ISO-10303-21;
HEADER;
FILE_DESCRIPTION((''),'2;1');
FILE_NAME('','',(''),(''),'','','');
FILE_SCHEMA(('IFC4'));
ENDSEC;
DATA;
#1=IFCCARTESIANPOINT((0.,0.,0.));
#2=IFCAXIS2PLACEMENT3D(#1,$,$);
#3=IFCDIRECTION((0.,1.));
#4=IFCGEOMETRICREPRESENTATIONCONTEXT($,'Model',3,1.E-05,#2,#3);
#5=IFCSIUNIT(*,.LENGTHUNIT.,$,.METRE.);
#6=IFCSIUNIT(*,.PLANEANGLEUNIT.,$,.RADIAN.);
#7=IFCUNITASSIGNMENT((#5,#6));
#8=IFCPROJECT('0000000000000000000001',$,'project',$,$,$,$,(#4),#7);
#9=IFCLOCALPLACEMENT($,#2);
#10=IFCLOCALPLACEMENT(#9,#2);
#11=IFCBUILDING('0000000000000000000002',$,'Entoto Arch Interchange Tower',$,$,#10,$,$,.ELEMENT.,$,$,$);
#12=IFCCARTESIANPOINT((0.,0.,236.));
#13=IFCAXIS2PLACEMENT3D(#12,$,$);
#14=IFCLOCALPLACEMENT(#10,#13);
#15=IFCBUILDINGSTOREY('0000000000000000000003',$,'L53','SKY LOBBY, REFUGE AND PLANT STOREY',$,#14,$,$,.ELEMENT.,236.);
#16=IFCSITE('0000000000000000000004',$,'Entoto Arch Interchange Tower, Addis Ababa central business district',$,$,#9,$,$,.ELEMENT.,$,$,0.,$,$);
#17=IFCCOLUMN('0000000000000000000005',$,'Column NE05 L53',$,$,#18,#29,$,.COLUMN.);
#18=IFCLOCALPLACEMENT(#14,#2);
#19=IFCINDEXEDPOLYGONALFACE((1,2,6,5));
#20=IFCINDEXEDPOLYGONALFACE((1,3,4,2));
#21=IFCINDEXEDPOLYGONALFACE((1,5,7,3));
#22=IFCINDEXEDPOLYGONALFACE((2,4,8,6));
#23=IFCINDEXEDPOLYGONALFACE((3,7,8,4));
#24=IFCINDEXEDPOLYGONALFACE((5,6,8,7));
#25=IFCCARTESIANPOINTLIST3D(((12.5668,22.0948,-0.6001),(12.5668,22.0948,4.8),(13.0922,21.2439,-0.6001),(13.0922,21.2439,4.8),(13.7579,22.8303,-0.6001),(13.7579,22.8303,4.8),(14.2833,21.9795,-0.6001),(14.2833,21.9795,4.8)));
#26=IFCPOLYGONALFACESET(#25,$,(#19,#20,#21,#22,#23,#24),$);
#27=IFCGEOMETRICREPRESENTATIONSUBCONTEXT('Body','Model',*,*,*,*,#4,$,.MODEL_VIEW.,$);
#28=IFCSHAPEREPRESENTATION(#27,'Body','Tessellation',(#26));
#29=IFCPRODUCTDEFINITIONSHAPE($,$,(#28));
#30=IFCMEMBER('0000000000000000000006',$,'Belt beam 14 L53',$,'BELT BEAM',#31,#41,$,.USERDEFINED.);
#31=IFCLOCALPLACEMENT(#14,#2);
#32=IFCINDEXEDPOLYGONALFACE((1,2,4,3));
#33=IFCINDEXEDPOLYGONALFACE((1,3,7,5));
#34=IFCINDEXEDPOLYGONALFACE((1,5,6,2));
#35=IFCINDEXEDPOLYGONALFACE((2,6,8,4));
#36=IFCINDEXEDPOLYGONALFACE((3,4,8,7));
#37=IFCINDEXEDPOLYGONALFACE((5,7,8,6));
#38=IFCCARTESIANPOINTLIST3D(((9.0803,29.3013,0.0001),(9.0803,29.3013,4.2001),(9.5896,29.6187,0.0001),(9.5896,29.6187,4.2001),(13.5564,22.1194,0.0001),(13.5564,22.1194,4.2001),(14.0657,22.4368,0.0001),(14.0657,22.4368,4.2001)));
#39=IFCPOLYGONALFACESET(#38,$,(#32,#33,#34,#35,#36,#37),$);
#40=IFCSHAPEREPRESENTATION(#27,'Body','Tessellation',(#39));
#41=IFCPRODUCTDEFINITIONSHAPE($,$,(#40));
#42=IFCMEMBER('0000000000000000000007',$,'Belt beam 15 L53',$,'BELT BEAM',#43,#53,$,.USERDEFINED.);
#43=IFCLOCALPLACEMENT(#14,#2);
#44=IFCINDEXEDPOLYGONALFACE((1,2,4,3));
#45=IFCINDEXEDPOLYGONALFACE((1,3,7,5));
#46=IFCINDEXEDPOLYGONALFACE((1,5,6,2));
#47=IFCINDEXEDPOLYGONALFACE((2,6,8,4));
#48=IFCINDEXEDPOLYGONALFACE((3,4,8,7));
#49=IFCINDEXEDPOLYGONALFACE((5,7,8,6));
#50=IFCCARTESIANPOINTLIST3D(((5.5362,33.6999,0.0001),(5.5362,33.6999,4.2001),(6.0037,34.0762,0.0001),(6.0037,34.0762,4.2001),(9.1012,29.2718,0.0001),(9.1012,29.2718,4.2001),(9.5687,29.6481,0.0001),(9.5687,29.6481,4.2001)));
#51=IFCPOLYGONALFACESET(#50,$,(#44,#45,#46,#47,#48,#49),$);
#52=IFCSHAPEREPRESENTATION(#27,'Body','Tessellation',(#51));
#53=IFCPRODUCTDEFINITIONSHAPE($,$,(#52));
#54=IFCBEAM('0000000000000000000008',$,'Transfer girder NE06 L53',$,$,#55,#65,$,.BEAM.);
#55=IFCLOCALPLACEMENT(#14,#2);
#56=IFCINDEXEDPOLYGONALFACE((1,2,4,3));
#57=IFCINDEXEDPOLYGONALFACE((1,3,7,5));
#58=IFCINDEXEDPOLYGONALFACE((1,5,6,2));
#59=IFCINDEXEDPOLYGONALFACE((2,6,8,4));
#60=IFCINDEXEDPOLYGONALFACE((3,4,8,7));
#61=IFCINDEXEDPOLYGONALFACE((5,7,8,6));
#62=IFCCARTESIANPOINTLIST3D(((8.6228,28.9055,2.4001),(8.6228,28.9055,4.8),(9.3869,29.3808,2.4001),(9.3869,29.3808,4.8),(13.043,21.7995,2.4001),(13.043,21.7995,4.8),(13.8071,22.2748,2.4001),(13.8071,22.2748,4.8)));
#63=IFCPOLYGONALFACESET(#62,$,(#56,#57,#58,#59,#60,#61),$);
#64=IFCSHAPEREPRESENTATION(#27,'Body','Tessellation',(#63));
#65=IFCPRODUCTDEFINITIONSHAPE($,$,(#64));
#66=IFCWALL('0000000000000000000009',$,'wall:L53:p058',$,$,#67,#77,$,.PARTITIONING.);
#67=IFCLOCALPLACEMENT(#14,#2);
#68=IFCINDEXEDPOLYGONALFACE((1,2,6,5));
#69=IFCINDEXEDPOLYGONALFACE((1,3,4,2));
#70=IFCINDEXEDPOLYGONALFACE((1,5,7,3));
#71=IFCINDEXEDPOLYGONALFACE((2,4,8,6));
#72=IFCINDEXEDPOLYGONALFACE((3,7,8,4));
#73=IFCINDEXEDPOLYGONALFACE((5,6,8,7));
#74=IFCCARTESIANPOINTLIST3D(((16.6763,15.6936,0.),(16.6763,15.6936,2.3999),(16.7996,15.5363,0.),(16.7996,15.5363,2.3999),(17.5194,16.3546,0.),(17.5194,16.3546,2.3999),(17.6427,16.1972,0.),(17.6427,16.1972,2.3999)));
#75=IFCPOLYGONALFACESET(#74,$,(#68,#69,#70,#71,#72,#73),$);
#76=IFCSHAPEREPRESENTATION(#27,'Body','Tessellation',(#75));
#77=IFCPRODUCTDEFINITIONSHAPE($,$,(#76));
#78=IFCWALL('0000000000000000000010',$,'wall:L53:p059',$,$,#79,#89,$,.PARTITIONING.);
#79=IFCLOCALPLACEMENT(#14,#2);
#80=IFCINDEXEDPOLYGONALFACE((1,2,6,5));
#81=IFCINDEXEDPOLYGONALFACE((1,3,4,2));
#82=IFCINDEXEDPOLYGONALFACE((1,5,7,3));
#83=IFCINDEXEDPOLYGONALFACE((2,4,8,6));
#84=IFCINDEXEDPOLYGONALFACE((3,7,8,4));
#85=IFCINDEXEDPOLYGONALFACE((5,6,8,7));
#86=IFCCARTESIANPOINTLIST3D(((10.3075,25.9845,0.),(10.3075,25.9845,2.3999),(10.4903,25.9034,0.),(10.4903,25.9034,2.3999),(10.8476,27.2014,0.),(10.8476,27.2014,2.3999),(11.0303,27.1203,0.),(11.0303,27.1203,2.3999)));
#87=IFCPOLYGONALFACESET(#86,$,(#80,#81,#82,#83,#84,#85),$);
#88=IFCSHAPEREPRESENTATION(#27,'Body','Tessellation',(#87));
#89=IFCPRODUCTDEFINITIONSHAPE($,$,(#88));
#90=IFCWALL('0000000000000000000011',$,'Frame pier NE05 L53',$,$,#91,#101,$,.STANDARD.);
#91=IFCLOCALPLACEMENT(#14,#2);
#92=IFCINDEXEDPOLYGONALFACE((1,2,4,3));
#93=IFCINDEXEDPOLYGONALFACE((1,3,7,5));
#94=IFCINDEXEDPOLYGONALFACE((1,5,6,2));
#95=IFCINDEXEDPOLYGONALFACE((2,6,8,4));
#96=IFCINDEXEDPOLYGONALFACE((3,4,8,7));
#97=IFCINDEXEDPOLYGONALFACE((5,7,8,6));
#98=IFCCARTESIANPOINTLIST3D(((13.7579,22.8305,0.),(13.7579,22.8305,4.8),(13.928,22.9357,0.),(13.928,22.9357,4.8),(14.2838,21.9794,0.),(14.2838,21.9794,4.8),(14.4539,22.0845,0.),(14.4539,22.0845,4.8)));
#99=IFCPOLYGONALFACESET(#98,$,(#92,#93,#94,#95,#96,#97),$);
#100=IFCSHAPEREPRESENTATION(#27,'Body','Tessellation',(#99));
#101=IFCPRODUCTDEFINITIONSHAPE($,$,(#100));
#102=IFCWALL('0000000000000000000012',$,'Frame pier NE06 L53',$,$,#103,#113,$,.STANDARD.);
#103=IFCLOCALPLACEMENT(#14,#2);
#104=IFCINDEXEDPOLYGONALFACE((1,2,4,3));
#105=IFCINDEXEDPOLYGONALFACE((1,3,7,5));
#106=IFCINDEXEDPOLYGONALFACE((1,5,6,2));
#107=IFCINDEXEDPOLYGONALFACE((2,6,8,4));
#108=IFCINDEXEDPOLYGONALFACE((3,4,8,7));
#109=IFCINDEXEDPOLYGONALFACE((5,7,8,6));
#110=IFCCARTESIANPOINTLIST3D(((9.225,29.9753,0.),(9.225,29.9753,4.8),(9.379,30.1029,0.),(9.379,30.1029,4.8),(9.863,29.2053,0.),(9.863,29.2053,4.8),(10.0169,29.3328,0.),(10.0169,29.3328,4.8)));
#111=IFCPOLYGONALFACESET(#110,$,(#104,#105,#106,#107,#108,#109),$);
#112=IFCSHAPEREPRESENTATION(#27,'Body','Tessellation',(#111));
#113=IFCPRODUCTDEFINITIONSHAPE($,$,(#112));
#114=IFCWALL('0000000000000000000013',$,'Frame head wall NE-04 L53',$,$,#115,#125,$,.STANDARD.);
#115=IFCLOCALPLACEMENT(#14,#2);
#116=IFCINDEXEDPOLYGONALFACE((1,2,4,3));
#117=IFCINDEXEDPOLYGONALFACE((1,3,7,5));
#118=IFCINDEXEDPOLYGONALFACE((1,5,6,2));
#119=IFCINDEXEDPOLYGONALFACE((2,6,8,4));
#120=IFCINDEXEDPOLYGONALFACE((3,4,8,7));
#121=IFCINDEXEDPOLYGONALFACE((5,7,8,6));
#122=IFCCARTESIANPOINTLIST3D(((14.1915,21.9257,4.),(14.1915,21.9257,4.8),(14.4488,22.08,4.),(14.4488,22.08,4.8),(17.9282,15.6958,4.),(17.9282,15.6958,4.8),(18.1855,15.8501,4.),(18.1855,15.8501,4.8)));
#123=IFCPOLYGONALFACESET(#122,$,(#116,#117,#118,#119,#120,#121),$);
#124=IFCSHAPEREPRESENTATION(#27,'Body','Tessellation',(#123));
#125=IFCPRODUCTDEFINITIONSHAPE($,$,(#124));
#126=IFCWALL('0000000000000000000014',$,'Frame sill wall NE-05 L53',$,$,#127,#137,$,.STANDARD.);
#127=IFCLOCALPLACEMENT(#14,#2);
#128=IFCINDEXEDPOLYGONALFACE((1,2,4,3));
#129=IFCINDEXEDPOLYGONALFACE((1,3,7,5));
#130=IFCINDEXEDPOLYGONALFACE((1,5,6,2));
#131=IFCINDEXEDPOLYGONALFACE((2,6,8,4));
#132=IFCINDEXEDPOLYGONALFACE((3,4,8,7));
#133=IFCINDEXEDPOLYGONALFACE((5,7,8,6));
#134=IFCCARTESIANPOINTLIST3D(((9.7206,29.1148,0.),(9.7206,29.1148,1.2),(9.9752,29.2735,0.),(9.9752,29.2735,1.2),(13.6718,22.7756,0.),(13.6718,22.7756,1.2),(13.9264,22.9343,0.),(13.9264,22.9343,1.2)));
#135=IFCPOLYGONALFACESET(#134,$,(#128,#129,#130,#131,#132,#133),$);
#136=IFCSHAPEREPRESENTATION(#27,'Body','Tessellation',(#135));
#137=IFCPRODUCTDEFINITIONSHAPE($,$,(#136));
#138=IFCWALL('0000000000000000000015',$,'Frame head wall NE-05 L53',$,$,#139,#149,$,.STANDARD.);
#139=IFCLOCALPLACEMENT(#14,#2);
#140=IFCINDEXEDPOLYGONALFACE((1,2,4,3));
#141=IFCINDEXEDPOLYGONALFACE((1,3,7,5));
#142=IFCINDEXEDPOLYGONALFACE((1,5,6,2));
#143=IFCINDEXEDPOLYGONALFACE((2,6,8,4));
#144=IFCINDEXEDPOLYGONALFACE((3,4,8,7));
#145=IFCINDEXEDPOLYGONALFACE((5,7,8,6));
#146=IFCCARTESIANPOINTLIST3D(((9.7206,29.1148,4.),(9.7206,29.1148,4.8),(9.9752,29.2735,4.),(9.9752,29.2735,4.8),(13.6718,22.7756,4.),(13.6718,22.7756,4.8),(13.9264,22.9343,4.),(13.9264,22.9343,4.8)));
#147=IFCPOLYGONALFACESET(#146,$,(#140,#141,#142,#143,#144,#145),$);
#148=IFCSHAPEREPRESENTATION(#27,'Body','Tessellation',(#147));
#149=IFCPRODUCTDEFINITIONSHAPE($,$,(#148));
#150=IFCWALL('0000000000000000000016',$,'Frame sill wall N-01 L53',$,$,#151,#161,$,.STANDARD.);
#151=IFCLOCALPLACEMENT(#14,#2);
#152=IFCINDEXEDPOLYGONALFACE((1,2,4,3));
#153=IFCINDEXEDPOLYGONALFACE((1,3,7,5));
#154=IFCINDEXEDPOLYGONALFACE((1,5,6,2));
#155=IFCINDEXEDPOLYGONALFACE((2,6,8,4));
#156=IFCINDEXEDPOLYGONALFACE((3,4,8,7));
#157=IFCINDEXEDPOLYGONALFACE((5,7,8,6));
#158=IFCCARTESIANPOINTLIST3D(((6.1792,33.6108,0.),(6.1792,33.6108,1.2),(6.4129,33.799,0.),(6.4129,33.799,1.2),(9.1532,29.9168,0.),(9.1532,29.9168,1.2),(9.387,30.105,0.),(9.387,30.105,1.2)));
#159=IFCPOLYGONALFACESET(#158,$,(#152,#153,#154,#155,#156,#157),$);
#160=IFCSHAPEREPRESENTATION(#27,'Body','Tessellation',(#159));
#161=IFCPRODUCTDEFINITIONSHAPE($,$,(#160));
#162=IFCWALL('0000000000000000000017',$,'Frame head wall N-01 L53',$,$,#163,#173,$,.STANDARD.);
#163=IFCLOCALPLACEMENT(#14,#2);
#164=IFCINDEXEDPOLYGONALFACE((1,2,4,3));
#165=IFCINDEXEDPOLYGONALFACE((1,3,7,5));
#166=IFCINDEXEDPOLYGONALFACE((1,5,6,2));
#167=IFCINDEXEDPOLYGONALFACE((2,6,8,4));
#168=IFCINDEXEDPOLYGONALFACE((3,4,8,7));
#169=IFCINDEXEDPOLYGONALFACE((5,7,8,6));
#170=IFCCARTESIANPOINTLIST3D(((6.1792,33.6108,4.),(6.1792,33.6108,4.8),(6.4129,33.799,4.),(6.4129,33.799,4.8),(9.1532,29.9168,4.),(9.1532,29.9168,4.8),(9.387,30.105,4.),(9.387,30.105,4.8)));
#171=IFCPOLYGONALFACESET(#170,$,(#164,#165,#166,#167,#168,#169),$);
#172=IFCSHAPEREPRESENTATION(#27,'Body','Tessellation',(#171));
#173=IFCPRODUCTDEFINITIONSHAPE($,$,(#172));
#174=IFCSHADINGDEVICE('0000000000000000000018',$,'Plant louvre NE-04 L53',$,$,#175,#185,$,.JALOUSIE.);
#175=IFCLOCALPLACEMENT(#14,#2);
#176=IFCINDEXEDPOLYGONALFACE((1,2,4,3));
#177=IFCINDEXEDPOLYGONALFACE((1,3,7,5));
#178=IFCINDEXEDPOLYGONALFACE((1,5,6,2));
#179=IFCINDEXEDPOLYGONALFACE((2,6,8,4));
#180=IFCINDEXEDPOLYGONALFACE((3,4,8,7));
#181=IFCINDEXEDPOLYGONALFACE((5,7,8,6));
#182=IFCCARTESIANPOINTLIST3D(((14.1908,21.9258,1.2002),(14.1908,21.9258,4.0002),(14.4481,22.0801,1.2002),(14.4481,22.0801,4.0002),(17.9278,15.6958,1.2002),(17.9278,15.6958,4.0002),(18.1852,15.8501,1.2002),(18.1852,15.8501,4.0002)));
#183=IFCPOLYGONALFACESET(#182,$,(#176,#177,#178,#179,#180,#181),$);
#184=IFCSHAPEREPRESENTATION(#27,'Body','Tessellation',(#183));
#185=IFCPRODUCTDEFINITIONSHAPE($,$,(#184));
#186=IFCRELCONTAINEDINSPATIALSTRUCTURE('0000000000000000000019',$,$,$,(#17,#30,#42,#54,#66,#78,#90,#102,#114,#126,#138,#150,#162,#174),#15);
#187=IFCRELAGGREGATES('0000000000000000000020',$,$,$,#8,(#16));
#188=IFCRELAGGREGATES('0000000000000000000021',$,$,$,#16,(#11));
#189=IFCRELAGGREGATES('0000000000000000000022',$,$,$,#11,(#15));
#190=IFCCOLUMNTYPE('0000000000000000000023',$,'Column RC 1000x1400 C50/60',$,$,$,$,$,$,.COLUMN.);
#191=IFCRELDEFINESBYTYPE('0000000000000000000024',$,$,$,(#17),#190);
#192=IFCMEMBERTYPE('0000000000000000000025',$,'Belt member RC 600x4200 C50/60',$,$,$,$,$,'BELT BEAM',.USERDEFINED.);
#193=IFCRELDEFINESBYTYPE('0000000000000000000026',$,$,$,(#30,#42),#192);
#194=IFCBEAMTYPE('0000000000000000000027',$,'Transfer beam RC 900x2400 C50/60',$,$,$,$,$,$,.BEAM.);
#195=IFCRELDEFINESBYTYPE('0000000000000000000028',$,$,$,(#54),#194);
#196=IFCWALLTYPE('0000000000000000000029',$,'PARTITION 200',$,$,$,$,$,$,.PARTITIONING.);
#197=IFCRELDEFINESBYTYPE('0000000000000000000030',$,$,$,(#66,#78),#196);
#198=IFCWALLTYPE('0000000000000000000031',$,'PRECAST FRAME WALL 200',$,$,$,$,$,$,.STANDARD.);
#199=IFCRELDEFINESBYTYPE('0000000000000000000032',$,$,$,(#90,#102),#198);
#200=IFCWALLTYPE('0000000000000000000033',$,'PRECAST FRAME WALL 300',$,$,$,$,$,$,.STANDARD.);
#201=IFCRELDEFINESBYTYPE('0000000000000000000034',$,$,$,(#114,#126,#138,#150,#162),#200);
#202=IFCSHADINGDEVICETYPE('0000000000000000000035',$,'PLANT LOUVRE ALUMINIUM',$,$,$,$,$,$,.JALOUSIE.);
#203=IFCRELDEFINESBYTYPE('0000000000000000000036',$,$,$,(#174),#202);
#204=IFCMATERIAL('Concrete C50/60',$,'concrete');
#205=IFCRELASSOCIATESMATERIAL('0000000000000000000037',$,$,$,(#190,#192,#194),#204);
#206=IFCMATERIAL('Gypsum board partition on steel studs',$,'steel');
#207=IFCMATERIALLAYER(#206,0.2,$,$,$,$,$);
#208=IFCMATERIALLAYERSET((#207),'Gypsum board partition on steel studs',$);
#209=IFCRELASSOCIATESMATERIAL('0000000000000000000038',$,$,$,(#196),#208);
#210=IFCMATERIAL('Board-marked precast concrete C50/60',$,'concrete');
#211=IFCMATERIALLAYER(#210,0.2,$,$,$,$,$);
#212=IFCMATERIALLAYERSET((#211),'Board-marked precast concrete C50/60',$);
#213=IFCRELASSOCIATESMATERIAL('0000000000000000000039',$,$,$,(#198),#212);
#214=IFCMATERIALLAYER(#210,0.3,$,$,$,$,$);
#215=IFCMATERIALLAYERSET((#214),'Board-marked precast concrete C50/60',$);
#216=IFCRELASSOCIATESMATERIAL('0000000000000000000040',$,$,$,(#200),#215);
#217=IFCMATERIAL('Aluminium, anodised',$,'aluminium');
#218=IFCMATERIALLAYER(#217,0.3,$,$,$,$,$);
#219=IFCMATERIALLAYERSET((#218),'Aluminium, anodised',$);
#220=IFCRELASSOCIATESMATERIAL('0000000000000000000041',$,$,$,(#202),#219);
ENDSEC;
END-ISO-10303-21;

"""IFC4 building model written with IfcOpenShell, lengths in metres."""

from ifc_helpers import new_model, si_unit, direction, frame, frame_2d, origin, origin_2d, place, context, subcontext, project, spatial, rectangle, extrude, material, layer, layer_set, material_profile, profile_set, type_object, element, save


model = new_model("IFC4")

# Units and contexts
model_context = context("Model", 3, precision=1e-05, world=origin(), true_north=direction((0.0, 1.0)))
body_context = subcontext(model_context, "Body", "Model", "MODEL_VIEW")
ifc_project = project(units=[si_unit("LENGTHUNIT", "METRE"), si_unit("PLANEANGLEUNIT", "RADIAN")], contexts=[model_context])

# Site, building, storey
site_placement = place(None, origin())
site = spatial("IfcSite", under=ifc_project, at=site_placement, Name="Entoto Arch Interchange Tower, Addis Ababa central business district", CompositionType="ELEMENT", RefElevation=0.0)
building_placement = place(site_placement, origin())
building = spatial("IfcBuilding", under=site, at=building_placement, Name="Entoto Arch Interchange Tower", CompositionType="ELEMENT")
storey_placement = place(building_placement, frame((0.0, 0.0, 236.0)))
storey = spatial("IfcBuildingStorey", under=building, at=storey_placement, Name="L53", Description="SKY LOBBY, REFUGE AND PLANT STOREY", CompositionType="ELEMENT", Elevation=236.0)

# Column
ifc_material_1 = material(Name="Concrete C50/60", Category="concrete")
ifc_material_profile_1 = material_profile(ifc_material_1, rectangle(XDim=1.0, YDim=1.3999, at=origin_2d()))
ifc_profile_set_1 = profile_set([ifc_material_profile_1], Name="Concrete C50/60")
column_type = type_object("IfcColumnType", Name="Column RC 1000x1400 C50/60", PredefinedType="COLUMN", material=ifc_profile_set_1)
column_placement = place(storey_placement, frame((13.425, 22.0371, -0.6001), z_axis=(0.0, 0.0, 1.0), x_axis=(-0.525427, 0.850839, 0.0)))
element("IfcColumn", 1, at=column_placement, inside=storey, type_object=column_type, Name="Column NE05 L53", PredefinedType="COLUMN", context=body_context, shape_type="SweptSolid", body=[
    extrude(rectangle(XDim=1.0, YDim=1.3999, at=origin_2d()), origin(), (0.0, 0.0, 1.0), 5.4001),
])

# Members
ifc_material_profile_2 = material_profile(ifc_material_1, rectangle(XDim=0.6001, YDim=4.2, at=origin_2d()))
ifc_profile_set_2 = profile_set([ifc_material_profile_2], Name="Concrete C50/60")
member_type = type_object("IfcMemberType", Name="Belt member RC 600x4200 C50/60", ElementType="BELT BEAM", PredefinedType="USERDEFINED", material=ifc_profile_set_2)
member_1_placement = place(storey_placement, frame((13.811, 22.2781, 2.1001), z_axis=(-0.528928, 0.848667, 0.0), x_axis=(-0.848667, -0.528928, 0.0)))
element("IfcMember", 2, at=member_1_placement, inside=storey, type_object=member_type, Name="Belt beam 14 L53", ObjectType="BELT BEAM", PredefinedType="USERDEFINED", context=body_context, shape_type="SweptSolid", body=[
    extrude(rectangle(XDim=0.6001, YDim=4.2, at=origin_2d()), origin(), (0.0, 0.0, 1.0), 8.4626),
])
member_2_placement = place(storey_placement, frame((9.335, 29.46, 2.1001), z_axis=(-0.627112, 0.778929, 0.0), x_axis=(-0.778929, -0.627112, 0.0)))
element("IfcMember", 3, at=member_2_placement, inside=storey, type_object=member_type, Name="Belt beam 15 L53", ObjectType="BELT BEAM", PredefinedType="USERDEFINED", context=body_context, shape_type="SweptSolid", body=[
    extrude(rectangle(XDim=0.6001, YDim=4.2, at=origin_2d()), origin(), (0.0, 0.0, 1.0), 5.6848),
])

# Beam
ifc_material_profile_3 = material_profile(ifc_material_1, rectangle(XDim=0.8999, YDim=2.3999, at=origin_2d()))
ifc_profile_set_3 = profile_set([ifc_material_profile_3], Name="Concrete C50/60")
beam_type = type_object("IfcBeamType", Name="Transfer beam RC 900x2400 C50/60", PredefinedType="BEAM", material=ifc_profile_set_3)
beam_placement = place(storey_placement, frame((13.425, 22.0371, 3.6001), z_axis=(-0.528188, 0.849127, 0.0), x_axis=(-0.849127, -0.528188, 0.0)))
element("IfcBeam", 4, at=beam_placement, inside=storey, type_object=beam_type, Name="Transfer girder NE06 L53", PredefinedType="BEAM", context=body_context, shape_type="SweptSolid", body=[
    extrude(rectangle(XDim=0.8999, YDim=2.3999, at=origin_2d()), origin(), (0.0, 0.0, 1.0), 8.3687),
])

# Walls
ifc_material_2 = material(Name="Gypsum board partition on steel studs", Category="steel")
ifc_layer_1 = layer(ifc_material_2, 0.2)
ifc_layer_set_1 = layer_set([ifc_layer_1], Name="Gypsum board partition on steel studs")
wall_type_1 = type_object("IfcWallType", Name="PARTITION 200", PredefinedType="PARTITIONING", material=ifc_layer_set_1)
wall_1_placement = place(storey_placement, frame((17.5811, 16.2759, 0.0), z_axis=(0.0, 0.0, 1.0), x_axis=(-0.78699, -0.616966, 0.0)))
element("IfcWall", 5, at=wall_1_placement, inside=storey, type_object=wall_type_1, Name="wall:L53:p058", PredefinedType="PARTITIONING", context=body_context, shape_type="SweptSolid", body=[
    extrude(rectangle(XDim=1.0713, YDim=0.2, at=frame_2d((0.5356, 0.0))), origin(), (0.0, 0.0, 1.0), 2.3999),
])
wall_2_placement = place(storey_placement, frame((10.3989, 25.9441, 0.0), z_axis=(0.0, 0.0, 1.0), x_axis=(0.405662, 0.914023, 0.0)))
element("IfcWall", 6, at=wall_2_placement, inside=storey, type_object=wall_type_1, Name="wall:L53:p059", PredefinedType="PARTITIONING", context=body_context, shape_type="SweptSolid", body=[
    extrude(rectangle(XDim=1.3313, YDim=0.2, at=frame_2d((0.6655, 0.0))), origin(), (0.0, 0.0, 1.0), 2.3999),
])
ifc_material_3 = material(Name="Board-marked precast concrete C50/60", Category="concrete")
ifc_layer_2 = layer(ifc_material_3, 0.2)
ifc_layer_set_2 = layer_set([ifc_layer_2], Name="Board-marked precast concrete C50/60")
wall_type_2 = type_object("IfcWallType", Name="PRECAST FRAME WALL 200", PredefinedType="STANDARD", material=ifc_layer_set_2)
wall_3_placement = place(storey_placement, frame((14.3689, 22.032, 0.0), z_axis=(0.0, 0.0, 1.0), x_axis=(-0.525649, 0.850702, 0.0)))
element("IfcWall", 7, at=wall_3_placement, inside=storey, type_object=wall_type_2, Name="Frame pier NE05 L53", PredefinedType="STANDARD", context=body_context, shape_type="SweptSolid", body=[
    extrude(rectangle(XDim=1.0005, YDim=0.2, at=frame_2d((0.5002, 0.0))), origin(), (0.0, 0.0, 1.0), 4.8),
])
wall_4_placement = place(storey_placement, frame((9.9399, 29.269, 0.0), z_axis=(0.0, 0.0, 1.0), x_axis=(-0.637972, 0.770059, 0.0)))
element("IfcWall", 8, at=wall_4_placement, inside=storey, type_object=wall_type_2, Name="Frame pier NE06 L53", PredefinedType="STANDARD", context=body_context, shape_type="SweptSolid", body=[
    extrude(rectangle(XDim=1.0, YDim=0.2, at=frame_2d((0.5, 0.0))), origin(), (0.0, 0.0, 1.0), 4.8),
])
ifc_layer_3 = layer(ifc_material_3, 0.3)
ifc_layer_set_3 = layer_set([ifc_layer_3], Name="Board-marked precast concrete C50/60")
wall_type_3 = type_object("IfcWallType", Name="PRECAST FRAME WALL 300", PredefinedType="STANDARD", material=ifc_layer_set_3)
wall_5_placement = place(storey_placement, frame((18.0569, 15.7729, 4.0), z_axis=(0.0, 0.0, 1.0), x_axis=(-0.514377, 0.857564, 0.0)))
element("IfcWall", 9, at=wall_5_placement, inside=storey, type_object=wall_type_3, Name="Frame head wall NE-04 L53", PredefinedType="STANDARD", context=body_context, shape_type="SweptSolid", body=[
    extrude(rectangle(XDim=7.2646, YDim=0.3, at=frame_2d((3.6323, 0.0))), origin(), (0.0, 0.0, 1.0), 0.8),
])
wall_6_placement = place(storey_placement, frame((13.7991, 22.855, 0.0), z_axis=(0.0, 0.0, 1.0), x_axis=(-0.528961, 0.848646, 0.0)))
element("IfcWall", 10, at=wall_6_placement, inside=storey, type_object=wall_type_3, Name="Frame sill wall NE-05 L53", PredefinedType="STANDARD", context=body_context, shape_type="SweptSolid", body=[
    extrude(rectangle(XDim=7.4697, YDim=0.3, at=frame_2d((3.7349, 0.0))), origin(), (0.0, 0.0, 1.0), 1.2),
])
wall_7_placement = place(storey_placement, frame((13.7991, 22.855, 4.0), z_axis=(0.0, 0.0, 1.0), x_axis=(-0.528961, 0.848646, 0.0)))
element("IfcWall", 11, at=wall_7_placement, inside=storey, type_object=wall_type_3, Name="Frame head wall NE-05 L53", PredefinedType="STANDARD", context=body_context, shape_type="SweptSolid", body=[
    extrude(rectangle(XDim=7.4697, YDim=0.3, at=frame_2d((3.7349, 0.0))), origin(), (0.0, 0.0, 1.0), 0.8),
])
wall_8_placement = place(storey_placement, frame((9.27, 30.011, 0.0), z_axis=(0.0, 0.0, 1.0), x_axis=(-0.627115, 0.778926, 0.0)))
element("IfcWall", 12, at=wall_8_placement, inside=storey, type_object=wall_type_3, Name="Frame sill wall N-01 L53", PredefinedType="STANDARD", context=body_context, shape_type="SweptSolid", body=[
    extrude(rectangle(XDim=4.7424, YDim=0.3, at=frame_2d((2.3711, 0.0))), origin(), (0.0, 0.0, 1.0), 1.2),
])
wall_9_placement = place(storey_placement, frame((9.27, 30.011, 4.0), z_axis=(0.0, 0.0, 1.0), x_axis=(-0.627115, 0.778926, 0.0)))
element("IfcWall", 13, at=wall_9_placement, inside=storey, type_object=wall_type_3, Name="Frame head wall N-01 L53", PredefinedType="STANDARD", context=body_context, shape_type="SweptSolid", body=[
    extrude(rectangle(XDim=4.7424, YDim=0.3, at=frame_2d((2.3711, 0.0))), origin(), (0.0, 0.0, 1.0), 0.8),
])

# Shading device
ifc_material_4 = material(Name="Aluminium, anodised", Category="aluminium")
ifc_layer_4 = layer(ifc_material_4, 0.3)
ifc_layer_set_4 = layer_set([ifc_layer_4], Name="Aluminium, anodised")
shading_device_type = type_object("IfcShadingDeviceType", Name="PLANT LOUVRE ALUMINIUM", PredefinedType="JALOUSIE", material=ifc_layer_set_4)
shading_device_1_placement = place(storey_placement, frame((16.188, 18.8879, 1.2002), z_axis=(0.0, 0.0, 1.0), x_axis=(-0.514395, 0.857554, 0.0)))
element("IfcShadingDevice", 14, at=shading_device_1_placement, inside=storey, type_object=shading_device_type, Name="Plant louvre NE-04 L53", PredefinedType="JALOUSIE", context=body_context, shape_type="SweptSolid", body=[
    extrude(rectangle(XDim=7.2649, YDim=0.3, at=origin_2d()), origin(), (0.0, 0.0, 1.0), 2.8),
])

save(model, "model.ifc")
